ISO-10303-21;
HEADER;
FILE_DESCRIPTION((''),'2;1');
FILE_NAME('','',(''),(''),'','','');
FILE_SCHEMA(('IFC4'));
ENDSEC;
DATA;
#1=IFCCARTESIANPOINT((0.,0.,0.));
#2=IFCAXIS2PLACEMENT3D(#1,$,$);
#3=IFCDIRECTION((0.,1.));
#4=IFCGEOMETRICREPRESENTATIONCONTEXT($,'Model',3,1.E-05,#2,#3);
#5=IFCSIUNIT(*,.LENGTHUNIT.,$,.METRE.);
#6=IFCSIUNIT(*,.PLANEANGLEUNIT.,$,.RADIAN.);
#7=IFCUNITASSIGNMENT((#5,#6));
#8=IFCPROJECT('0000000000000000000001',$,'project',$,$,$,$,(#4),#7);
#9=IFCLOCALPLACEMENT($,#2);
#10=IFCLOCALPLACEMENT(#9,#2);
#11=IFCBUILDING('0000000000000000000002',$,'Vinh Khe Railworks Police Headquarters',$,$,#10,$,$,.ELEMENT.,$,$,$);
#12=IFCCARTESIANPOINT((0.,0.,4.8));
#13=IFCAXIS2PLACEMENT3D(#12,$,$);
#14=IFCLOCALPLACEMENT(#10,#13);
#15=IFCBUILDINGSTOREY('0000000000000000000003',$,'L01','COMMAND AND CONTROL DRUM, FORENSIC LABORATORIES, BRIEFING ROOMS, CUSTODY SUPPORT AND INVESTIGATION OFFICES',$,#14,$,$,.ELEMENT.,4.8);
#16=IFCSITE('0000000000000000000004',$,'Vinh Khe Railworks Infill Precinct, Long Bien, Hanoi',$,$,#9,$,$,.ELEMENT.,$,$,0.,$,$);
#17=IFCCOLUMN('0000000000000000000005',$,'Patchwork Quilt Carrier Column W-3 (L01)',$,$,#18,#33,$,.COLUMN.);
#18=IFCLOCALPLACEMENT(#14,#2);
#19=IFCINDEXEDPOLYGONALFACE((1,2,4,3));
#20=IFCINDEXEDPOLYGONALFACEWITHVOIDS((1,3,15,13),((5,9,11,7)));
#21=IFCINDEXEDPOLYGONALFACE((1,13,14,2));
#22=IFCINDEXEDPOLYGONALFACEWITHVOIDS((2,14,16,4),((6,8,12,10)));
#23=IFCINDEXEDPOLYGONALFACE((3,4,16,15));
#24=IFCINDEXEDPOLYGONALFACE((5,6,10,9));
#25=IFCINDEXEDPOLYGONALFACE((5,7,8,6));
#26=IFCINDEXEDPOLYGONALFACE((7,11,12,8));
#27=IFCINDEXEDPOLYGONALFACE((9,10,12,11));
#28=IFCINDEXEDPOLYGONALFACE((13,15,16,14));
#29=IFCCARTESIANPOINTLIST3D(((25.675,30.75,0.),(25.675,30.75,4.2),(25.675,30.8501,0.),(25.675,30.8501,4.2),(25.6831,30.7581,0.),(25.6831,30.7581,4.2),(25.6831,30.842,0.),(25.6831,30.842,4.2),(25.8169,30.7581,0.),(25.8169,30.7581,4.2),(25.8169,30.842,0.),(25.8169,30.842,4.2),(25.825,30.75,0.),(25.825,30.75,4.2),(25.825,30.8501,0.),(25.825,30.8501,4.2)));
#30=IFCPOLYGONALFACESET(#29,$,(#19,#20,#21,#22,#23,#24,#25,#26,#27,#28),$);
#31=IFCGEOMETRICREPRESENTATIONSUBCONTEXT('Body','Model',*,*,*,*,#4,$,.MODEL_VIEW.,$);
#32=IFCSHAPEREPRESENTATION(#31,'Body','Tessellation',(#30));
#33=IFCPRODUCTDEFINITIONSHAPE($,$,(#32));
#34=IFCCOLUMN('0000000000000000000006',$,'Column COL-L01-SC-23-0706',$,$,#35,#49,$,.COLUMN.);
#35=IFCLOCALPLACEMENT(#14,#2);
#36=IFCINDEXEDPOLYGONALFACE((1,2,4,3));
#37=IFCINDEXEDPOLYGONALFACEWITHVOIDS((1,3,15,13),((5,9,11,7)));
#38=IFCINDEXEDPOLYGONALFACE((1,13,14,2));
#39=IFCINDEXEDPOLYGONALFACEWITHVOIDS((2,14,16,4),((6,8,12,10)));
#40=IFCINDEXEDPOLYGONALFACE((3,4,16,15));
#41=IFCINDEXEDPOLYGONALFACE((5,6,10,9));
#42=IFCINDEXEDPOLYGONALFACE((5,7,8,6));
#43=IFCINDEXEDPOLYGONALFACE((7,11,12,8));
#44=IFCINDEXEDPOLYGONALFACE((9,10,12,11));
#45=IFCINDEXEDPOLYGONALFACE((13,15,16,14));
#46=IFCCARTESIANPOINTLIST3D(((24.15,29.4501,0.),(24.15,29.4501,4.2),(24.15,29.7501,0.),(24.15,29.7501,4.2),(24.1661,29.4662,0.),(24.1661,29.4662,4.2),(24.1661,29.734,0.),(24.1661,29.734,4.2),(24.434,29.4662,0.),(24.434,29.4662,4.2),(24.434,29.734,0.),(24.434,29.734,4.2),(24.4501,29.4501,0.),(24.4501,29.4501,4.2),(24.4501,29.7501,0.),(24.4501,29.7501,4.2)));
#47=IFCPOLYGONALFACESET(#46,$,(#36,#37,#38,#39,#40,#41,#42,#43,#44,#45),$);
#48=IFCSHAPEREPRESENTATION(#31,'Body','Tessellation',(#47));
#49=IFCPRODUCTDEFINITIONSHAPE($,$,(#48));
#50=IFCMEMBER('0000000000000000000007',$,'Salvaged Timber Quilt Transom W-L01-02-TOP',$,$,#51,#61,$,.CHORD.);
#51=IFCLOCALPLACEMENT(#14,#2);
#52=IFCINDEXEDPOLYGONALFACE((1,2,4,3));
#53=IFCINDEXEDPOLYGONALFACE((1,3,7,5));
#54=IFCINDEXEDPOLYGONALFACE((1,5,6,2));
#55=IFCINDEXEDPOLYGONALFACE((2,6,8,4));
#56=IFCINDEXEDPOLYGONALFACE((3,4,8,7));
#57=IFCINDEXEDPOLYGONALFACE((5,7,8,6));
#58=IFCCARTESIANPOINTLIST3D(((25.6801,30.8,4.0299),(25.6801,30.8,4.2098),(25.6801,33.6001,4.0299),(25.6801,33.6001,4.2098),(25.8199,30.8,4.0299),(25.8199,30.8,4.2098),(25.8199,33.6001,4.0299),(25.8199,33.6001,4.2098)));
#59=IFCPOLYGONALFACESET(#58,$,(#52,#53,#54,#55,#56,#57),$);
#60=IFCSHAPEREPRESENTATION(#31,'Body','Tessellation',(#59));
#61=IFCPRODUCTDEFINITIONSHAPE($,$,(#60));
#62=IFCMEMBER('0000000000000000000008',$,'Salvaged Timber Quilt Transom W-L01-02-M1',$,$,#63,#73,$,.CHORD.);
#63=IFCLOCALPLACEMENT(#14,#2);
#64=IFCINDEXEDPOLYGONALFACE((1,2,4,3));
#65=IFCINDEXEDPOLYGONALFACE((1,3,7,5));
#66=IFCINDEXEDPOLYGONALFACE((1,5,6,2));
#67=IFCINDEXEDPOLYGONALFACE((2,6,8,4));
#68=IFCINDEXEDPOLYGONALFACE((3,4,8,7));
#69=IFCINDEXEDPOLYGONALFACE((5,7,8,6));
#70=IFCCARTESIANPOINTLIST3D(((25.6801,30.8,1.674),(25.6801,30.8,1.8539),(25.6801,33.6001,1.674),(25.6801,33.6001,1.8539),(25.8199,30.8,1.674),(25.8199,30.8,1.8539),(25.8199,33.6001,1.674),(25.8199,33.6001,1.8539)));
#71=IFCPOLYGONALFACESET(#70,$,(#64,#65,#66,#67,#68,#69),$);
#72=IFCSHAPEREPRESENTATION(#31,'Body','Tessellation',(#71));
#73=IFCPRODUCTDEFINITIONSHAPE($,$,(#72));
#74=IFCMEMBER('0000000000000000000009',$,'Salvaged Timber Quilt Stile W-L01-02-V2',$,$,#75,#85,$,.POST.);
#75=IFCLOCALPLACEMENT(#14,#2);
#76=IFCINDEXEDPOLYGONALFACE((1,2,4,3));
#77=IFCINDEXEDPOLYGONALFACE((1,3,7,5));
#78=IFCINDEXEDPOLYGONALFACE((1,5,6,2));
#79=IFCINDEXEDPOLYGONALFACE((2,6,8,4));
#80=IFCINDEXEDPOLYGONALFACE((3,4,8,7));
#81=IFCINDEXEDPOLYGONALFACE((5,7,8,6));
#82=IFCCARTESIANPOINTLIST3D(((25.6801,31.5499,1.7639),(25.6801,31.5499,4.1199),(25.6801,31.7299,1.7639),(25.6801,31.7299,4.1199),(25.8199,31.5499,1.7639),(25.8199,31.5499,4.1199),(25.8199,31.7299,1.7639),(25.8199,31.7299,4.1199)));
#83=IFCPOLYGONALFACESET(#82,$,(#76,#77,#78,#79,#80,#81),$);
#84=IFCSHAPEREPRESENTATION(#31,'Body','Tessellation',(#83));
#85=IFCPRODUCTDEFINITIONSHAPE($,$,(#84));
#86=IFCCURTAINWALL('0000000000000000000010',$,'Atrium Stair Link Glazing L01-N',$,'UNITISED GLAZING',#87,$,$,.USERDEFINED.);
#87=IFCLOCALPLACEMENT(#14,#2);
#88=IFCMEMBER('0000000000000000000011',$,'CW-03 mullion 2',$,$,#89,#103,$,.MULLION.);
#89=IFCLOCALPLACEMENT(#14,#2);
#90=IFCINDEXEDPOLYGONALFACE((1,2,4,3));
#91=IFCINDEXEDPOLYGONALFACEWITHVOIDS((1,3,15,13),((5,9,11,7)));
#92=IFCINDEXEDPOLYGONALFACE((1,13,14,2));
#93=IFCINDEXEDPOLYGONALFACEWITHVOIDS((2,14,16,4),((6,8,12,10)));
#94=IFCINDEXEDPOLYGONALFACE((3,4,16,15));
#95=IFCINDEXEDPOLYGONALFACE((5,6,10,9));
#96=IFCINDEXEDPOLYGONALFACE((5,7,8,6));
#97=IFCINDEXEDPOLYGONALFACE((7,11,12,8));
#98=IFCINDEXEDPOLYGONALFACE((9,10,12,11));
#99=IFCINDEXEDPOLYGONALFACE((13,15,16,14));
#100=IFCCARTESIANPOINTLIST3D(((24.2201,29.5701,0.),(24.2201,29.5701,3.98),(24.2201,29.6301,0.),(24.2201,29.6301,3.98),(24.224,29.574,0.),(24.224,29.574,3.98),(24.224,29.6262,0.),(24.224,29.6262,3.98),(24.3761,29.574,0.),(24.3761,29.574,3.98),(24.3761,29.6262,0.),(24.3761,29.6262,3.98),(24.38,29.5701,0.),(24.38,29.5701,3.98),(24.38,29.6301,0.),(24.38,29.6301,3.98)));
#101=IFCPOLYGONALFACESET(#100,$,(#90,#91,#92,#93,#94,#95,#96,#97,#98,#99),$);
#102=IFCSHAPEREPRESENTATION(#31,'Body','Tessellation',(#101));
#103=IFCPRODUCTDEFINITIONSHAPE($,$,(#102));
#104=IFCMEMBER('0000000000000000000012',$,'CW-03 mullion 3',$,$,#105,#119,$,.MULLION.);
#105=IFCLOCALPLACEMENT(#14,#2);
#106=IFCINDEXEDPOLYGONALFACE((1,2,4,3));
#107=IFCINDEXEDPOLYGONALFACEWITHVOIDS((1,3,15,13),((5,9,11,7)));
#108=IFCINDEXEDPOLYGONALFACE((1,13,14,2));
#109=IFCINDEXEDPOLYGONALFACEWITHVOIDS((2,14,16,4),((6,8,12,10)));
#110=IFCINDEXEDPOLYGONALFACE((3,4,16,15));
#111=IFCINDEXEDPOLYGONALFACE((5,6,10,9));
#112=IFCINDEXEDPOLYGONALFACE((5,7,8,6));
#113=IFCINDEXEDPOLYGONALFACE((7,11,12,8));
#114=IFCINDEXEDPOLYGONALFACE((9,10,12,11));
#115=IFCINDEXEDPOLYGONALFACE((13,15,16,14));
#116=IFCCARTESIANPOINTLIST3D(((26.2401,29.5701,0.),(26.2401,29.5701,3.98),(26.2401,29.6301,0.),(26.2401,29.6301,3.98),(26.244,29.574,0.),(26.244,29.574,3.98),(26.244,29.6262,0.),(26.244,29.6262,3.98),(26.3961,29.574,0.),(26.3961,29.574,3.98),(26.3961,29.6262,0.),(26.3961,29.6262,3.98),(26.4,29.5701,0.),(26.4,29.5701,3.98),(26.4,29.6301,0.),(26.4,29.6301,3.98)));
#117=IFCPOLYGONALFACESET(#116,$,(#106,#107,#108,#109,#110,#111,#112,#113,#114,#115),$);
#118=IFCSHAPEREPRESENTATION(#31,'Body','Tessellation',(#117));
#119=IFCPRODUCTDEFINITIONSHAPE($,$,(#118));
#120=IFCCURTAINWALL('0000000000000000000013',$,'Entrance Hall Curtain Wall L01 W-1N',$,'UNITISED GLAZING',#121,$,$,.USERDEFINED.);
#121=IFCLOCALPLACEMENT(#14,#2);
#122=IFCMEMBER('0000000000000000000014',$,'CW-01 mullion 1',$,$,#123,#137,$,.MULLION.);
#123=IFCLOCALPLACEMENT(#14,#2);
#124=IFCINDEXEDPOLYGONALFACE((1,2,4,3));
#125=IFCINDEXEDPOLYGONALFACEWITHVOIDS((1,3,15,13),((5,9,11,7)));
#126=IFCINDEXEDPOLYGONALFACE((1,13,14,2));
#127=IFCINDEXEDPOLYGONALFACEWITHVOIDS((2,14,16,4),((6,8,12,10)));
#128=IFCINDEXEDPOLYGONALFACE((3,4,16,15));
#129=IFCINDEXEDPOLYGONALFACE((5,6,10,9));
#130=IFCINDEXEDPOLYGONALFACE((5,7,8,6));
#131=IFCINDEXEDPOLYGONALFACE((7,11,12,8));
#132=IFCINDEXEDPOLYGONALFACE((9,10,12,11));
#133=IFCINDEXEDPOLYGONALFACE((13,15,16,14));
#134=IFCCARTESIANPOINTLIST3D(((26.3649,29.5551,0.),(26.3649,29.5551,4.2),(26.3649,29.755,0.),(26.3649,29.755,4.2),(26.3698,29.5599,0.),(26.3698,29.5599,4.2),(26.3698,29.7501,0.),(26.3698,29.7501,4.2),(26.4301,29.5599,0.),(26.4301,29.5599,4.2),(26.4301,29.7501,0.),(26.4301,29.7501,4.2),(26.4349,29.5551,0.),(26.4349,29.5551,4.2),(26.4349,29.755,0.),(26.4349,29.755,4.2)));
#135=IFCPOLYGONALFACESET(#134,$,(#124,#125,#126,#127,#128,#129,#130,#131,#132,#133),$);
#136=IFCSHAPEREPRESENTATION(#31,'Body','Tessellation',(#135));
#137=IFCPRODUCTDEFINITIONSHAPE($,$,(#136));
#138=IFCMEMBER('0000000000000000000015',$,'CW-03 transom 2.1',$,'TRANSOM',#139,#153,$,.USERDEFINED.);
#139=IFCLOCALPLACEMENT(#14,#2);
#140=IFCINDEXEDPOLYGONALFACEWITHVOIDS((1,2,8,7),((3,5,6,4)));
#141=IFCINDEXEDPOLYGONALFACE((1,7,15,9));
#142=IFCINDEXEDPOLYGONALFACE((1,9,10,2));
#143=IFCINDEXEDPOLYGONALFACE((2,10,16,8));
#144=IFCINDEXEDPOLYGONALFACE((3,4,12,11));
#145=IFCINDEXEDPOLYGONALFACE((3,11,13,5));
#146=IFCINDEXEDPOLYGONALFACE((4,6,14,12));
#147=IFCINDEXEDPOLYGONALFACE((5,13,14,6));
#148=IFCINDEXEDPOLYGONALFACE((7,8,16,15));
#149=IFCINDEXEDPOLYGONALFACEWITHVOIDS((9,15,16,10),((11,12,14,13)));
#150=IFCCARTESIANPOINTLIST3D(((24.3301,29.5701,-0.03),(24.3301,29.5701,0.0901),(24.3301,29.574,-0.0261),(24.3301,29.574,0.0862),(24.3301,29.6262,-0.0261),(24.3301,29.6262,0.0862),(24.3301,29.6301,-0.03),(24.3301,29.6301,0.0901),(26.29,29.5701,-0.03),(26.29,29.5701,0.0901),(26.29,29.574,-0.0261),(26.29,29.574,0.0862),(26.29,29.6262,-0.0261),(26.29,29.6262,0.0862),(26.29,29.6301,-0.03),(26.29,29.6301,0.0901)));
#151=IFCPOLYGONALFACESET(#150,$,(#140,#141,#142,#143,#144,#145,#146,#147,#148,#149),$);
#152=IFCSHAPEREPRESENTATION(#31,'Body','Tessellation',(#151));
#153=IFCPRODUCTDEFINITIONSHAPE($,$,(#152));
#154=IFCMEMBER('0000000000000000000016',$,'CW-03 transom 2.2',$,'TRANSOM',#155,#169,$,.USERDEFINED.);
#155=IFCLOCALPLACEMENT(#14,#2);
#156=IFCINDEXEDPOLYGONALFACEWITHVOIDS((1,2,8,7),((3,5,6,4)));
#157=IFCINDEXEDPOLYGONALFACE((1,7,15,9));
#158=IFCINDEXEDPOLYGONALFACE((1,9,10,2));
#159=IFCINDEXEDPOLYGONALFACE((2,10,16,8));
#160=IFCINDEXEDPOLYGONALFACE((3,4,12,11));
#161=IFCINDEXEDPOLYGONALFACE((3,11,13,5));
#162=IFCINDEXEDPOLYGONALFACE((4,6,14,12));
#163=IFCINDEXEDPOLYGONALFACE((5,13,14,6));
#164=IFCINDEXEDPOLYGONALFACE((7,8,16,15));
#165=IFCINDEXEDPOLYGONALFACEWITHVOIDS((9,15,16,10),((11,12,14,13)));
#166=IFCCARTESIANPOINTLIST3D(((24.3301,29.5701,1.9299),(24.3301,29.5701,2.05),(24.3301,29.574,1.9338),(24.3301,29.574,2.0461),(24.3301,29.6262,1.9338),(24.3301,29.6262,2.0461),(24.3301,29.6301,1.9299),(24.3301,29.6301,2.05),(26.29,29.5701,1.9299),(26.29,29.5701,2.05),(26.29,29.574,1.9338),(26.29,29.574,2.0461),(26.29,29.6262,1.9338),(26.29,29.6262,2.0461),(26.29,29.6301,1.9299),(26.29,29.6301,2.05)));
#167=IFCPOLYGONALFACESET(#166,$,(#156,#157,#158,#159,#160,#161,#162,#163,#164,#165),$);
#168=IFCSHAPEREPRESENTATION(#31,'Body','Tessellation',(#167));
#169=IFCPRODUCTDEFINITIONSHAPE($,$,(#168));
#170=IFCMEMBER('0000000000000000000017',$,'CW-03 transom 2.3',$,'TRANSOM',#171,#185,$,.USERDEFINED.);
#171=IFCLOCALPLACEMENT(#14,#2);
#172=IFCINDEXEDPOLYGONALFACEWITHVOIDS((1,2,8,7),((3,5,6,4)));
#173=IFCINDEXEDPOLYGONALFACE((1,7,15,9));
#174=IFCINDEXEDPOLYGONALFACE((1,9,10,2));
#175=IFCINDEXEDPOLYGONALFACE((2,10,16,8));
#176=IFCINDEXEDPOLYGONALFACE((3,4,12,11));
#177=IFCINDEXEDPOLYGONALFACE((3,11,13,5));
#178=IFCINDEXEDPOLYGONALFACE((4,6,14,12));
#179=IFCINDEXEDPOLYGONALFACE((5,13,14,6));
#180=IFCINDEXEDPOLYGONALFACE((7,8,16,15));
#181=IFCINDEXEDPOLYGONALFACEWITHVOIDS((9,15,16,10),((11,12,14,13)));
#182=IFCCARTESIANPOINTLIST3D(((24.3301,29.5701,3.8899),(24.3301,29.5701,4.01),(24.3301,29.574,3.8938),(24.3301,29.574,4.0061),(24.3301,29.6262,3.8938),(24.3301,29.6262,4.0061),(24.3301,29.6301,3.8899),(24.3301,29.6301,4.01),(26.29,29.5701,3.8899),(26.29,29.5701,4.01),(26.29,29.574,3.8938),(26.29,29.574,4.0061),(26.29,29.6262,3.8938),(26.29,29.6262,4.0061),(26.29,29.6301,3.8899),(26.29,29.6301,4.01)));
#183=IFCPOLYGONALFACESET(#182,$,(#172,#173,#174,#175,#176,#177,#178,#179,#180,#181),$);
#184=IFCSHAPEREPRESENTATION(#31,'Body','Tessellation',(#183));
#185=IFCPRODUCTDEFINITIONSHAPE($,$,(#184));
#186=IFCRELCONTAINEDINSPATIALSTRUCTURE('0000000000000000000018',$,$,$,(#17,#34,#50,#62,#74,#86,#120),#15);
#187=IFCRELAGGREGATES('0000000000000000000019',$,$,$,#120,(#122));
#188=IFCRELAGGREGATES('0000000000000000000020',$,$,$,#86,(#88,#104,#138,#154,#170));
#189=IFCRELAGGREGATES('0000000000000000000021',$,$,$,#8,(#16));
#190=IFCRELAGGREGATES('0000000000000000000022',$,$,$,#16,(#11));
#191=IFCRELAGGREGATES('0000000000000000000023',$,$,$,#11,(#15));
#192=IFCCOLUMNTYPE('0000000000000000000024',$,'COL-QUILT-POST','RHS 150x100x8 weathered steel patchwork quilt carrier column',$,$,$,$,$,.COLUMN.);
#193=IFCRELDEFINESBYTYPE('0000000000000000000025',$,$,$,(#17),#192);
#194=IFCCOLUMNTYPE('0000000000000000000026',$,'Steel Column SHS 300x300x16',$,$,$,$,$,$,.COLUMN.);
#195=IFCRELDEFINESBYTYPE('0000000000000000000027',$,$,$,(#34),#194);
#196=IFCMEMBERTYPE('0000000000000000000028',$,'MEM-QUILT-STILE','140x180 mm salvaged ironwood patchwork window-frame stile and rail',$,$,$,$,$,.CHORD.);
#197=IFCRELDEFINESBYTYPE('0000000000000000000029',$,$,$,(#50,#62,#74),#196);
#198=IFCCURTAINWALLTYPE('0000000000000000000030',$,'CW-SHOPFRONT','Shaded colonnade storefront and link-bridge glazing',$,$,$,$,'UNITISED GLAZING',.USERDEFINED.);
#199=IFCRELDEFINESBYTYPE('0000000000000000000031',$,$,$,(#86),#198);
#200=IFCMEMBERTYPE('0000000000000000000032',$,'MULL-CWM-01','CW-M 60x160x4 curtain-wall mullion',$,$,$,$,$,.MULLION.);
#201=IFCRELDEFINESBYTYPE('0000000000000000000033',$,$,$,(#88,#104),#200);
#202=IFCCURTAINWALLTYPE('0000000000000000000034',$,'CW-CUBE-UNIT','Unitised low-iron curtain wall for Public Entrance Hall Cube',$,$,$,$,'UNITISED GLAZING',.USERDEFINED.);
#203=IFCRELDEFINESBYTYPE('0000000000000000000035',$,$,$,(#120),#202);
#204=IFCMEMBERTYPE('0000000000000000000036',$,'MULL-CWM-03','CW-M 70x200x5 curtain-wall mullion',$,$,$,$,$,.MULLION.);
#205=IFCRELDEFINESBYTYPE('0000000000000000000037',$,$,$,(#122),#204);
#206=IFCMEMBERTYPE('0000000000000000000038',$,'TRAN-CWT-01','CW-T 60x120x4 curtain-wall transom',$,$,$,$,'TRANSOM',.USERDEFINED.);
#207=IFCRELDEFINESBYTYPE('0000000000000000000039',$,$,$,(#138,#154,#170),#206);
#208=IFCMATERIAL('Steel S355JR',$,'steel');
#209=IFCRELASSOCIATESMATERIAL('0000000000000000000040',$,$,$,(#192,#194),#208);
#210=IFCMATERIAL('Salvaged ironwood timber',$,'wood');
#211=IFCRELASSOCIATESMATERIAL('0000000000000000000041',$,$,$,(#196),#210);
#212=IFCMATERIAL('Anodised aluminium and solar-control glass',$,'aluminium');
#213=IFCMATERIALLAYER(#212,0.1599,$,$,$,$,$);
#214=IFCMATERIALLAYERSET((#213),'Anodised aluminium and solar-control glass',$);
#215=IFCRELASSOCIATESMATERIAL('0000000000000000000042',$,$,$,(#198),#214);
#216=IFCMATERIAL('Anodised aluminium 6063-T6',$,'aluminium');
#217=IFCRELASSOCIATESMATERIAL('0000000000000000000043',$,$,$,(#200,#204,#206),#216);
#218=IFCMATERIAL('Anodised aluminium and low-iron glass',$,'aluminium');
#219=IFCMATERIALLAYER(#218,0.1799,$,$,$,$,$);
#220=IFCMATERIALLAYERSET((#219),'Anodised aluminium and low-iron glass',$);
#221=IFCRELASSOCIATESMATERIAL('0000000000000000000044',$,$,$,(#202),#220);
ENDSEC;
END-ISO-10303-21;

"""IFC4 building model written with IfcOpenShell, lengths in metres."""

from ifc_helpers import new_model, si_unit, direction, frame, origin, origin_2d, place, context, subcontext, project, spatial, rectangle, hollow_rectangle, extrude, material, layer, layer_set, material_profile, profile_set, type_object, element, aggregate, save


model = new_model("IFC4")

# Units and contexts
model_context = context("Model", 3, precision=1e-05, world=origin(), true_north=direction((0.0, 1.0)))
body_context = subcontext(model_context, "Body", "Model", "MODEL_VIEW")
ifc_project = project(units=[si_unit("LENGTHUNIT", "METRE"), si_unit("PLANEANGLEUNIT", "RADIAN")], contexts=[model_context])

# Site, building, storey
site_placement = place(None, origin())
site = spatial("IfcSite", under=ifc_project, at=site_placement, Name="Vinh Khe Railworks Infill Precinct, Long Bien, Hanoi", CompositionType="ELEMENT", RefElevation=0.0)
building_placement = place(site_placement, origin())
building = spatial("IfcBuilding", under=site, at=building_placement, Name="Vinh Khe Railworks Police Headquarters", CompositionType="ELEMENT")
storey_placement = place(building_placement, frame((0.0, 0.0, 4.8)))
storey = spatial("IfcBuildingStorey", under=building, at=storey_placement, Name="L01", Description="COMMAND AND CONTROL DRUM, FORENSIC LABORATORIES, BRIEFING ROOMS, CUSTODY SUPPORT AND INVESTIGATION OFFICES", CompositionType="ELEMENT", Elevation=4.8)

# Columns
ifc_material_1 = material(Name="Steel S355JR", Category="steel")
ifc_material_profile_1 = material_profile(ifc_material_1, hollow_rectangle(XDim=0.1499, YDim=0.1001, WallThickness=0.0081, at=origin_2d()), Name="RHS 150x100x8")
ifc_profile_set_1 = profile_set([ifc_material_profile_1], Name="Steel S355JR")
column_type_1 = type_object("IfcColumnType", Name="COL-QUILT-POST", Description="RHS 150x100x8 weathered steel patchwork quilt carrier column", PredefinedType="COLUMN", material=ifc_profile_set_1)
column_1_placement = place(storey_placement, frame((25.75, 30.8, 0.0), z_axis=(0.0, 0.0, 1.0), x_axis=(1.0, 0.0, 0.0)))
element("IfcColumn", 1, at=column_1_placement, inside=storey, type_object=column_type_1, Name="Patchwork Quilt Carrier Column W-3 (L01)", PredefinedType="COLUMN", context=body_context, shape_type="SweptSolid", body=[
    extrude(hollow_rectangle(XDim=0.1499, YDim=0.1001, WallThickness=0.0081, at=origin_2d()), origin(), (0.0, 0.0, 1.0), 4.2),
])
ifc_material_profile_2 = material_profile(ifc_material_1, hollow_rectangle(XDim=0.3, YDim=0.3, WallThickness=0.0161, at=origin_2d()), Name="SHS 300x300x16")
ifc_profile_set_2 = profile_set([ifc_material_profile_2], Name="Steel S355JR")
column_type_2 = type_object("IfcColumnType", Name="Steel Column SHS 300x300x16", PredefinedType="COLUMN", material=ifc_profile_set_2)
column_2_placement = place(storey_placement, frame((24.3, 29.6001, 0.0), z_axis=(0.0, 0.0, 1.0), x_axis=(1.0, 0.0, 0.0)))
element("IfcColumn", 2, at=column_2_placement, inside=storey, type_object=column_type_2, Name="Column COL-L01-SC-23-0706", PredefinedType="COLUMN", context=body_context, shape_type="SweptSolid", body=[
    extrude(hollow_rectangle(XDim=0.3, YDim=0.3, WallThickness=0.0161, at=origin_2d()), origin(), (0.0, 0.0, 1.0), 4.2),
])

# Members
ifc_material_2 = material(Name="Salvaged ironwood timber", Category="wood")
ifc_material_profile_3 = material_profile(ifc_material_2, rectangle(XDim=0.1399, YDim=0.1799, at=origin_2d()), Name="TIMBER 140x180")
ifc_profile_set_3 = profile_set([ifc_material_profile_3], Name="Salvaged ironwood timber")
member_type_1 = type_object("IfcMemberType", Name="MEM-QUILT-STILE", Description="140x180 mm salvaged ironwood patchwork window-frame stile and rail", PredefinedType="CHORD", material=ifc_profile_set_3)
for number, where, z_axis, x_axis, name in (
    (3, (25.75, 30.8, 4.1199), (0.0, 1.0, 0.0), (-1.0, 0.0, 0.0), "Salvaged Timber Quilt Transom W-L01-02-TOP"),
    (4, (25.75, 30.8, 1.7639), (0.0, 1.0, 0.0), (-1.0, 0.0, 0.0), "Salvaged Timber Quilt Transom W-L01-02-M1"),
):
    element("IfcMember", number, at=place(storey_placement, frame(where, z_axis=z_axis, x_axis=x_axis)), inside=storey, type_object=member_type_1, Name=name, PredefinedType="CHORD", context=body_context, shape_type="SweptSolid", body=[
        extrude(rectangle(XDim=0.1399, YDim=0.1799, at=origin_2d()), origin(), (0.0, 0.0, 1.0), 2.8),
    ])
member_1_placement = place(storey_placement, frame((25.75, 31.6399, 1.7639), z_axis=(0.0, 0.0, 1.0), x_axis=(1.0, 0.0, 0.0)))
element("IfcMember", 5, at=member_1_placement, inside=storey, type_object=member_type_1, Name="Salvaged Timber Quilt Stile W-L01-02-V2", PredefinedType="POST", context=body_context, shape_type="SweptSolid", body=[
    extrude(rectangle(XDim=0.1399, YDim=0.1799, at=origin_2d()), origin(), (0.0, 0.0, 1.0), 2.356),
])

# Curtain wall, members
ifc_material_3 = material(Name="Anodised aluminium and solar-control glass", Category="aluminium")
ifc_layer_1 = layer(ifc_material_3, 0.1599)
ifc_layer_set_1 = layer_set([ifc_layer_1], Name="Anodised aluminium and solar-control glass")
curtain_wall_type_1 = type_object("IfcCurtainWallType", Name="CW-SHOPFRONT", Description="Shaded colonnade storefront and link-bridge glazing", ElementType="UNITISED GLAZING", PredefinedType="USERDEFINED", material=ifc_layer_set_1)
curtain_wall_1_placement = place(storey_placement, origin())
curtain_wall_1 = element("IfcCurtainWall", 6, at=curtain_wall_1_placement, inside=storey, type_object=curtain_wall_type_1, Name="Atrium Stair Link Glazing L01-N", ObjectType="UNITISED GLAZING", PredefinedType="USERDEFINED")
ifc_material_4 = material(Name="Anodised aluminium 6063-T6", Category="aluminium")
ifc_material_profile_4 = material_profile(ifc_material_4, hollow_rectangle(XDim=0.0601, YDim=0.1599, WallThickness=0.0039, at=origin_2d()), Name="CW-M 60x160x4")
ifc_profile_set_4 = profile_set([ifc_material_profile_4], Name="Anodised aluminium 6063-T6")
member_type_2 = type_object("IfcMemberType", Name="MULL-CWM-01", Description="CW-M 60x160x4 curtain-wall mullion", PredefinedType="MULLION", material=ifc_profile_set_4)
member_2_placement = place(storey_placement, frame((24.3, 29.6001, 0.0), z_axis=(0.0, 0.0, 1.0), x_axis=(0.0, 1.0, 0.0)))
member_2 = element("IfcMember", 7, at=member_2_placement, type_object=member_type_2, Name="CW-03 mullion 2", PredefinedType="MULLION", context=body_context, shape_type="SweptSolid", body=[
    extrude(hollow_rectangle(XDim=0.0601, YDim=0.1599, WallThickness=0.0039, at=origin_2d()), origin(), (0.0, 0.0, 1.0), 3.98),
])
member_3_placement = place(storey_placement, frame((26.3201, 29.6001, 0.0), z_axis=(0.0, 0.0, 1.0), x_axis=(0.0, 1.0, 0.0)))
member_3 = element("IfcMember", 8, at=member_3_placement, type_object=member_type_2, Name="CW-03 mullion 3", PredefinedType="MULLION", context=body_context, shape_type="SweptSolid", body=[
    extrude(hollow_rectangle(XDim=0.0601, YDim=0.1599, WallThickness=0.0039, at=origin_2d()), origin(), (0.0, 0.0, 1.0), 3.98),
])

# Curtain wall, member
ifc_material_5 = material(Name="Anodised aluminium and low-iron glass", Category="aluminium")
ifc_layer_2 = layer(ifc_material_5, 0.1799)
ifc_layer_set_2 = layer_set([ifc_layer_2], Name="Anodised aluminium and low-iron glass")
curtain_wall_type_2 = type_object("IfcCurtainWallType", Name="CW-CUBE-UNIT", Description="Unitised low-iron curtain wall for Public Entrance Hall Cube", ElementType="UNITISED GLAZING", PredefinedType="USERDEFINED", material=ifc_layer_set_2)
curtain_wall_2_placement = place(storey_placement, origin())
curtain_wall_2 = element("IfcCurtainWall", 9, at=curtain_wall_2_placement, inside=storey, type_object=curtain_wall_type_2, Name="Entrance Hall Curtain Wall L01 W-1N", ObjectType="UNITISED GLAZING", PredefinedType="USERDEFINED")
ifc_material_profile_5 = material_profile(ifc_material_4, hollow_rectangle(XDim=0.0701, YDim=0.2, WallThickness=0.0049, at=origin_2d()), Name="CW-M 70x200x5")
ifc_profile_set_5 = profile_set([ifc_material_profile_5], Name="Anodised aluminium 6063-T6")
member_type_3 = type_object("IfcMemberType", Name="MULL-CWM-03", Description="CW-M 70x200x5 curtain-wall mullion", PredefinedType="MULLION", material=ifc_profile_set_5)
member_4_placement = place(storey_placement, frame((26.3999, 29.655, 0.0), z_axis=(0.0, 0.0, 1.0), x_axis=(-1.0, 0.0, 0.0)))
member_4 = element("IfcMember", 10, at=member_4_placement, type_object=member_type_3, Name="CW-01 mullion 1", PredefinedType="MULLION", context=body_context, shape_type="SweptSolid", body=[
    extrude(hollow_rectangle(XDim=0.0701, YDim=0.2, WallThickness=0.0049, at=origin_2d()), origin(), (0.0, 0.0, 1.0), 4.2),
])

# Members
ifc_material_profile_6 = material_profile(ifc_material_4, hollow_rectangle(XDim=0.0601, YDim=0.1201, WallThickness=0.0039, at=origin_2d()), Name="CW-T 60x120x4")
ifc_profile_set_6 = profile_set([ifc_material_profile_6], Name="Anodised aluminium 6063-T6")
member_type_4 = type_object("IfcMemberType", Name="TRAN-CWT-01", Description="CW-T 60x120x4 curtain-wall transom", ElementType="TRANSOM", PredefinedType="USERDEFINED", material=ifc_profile_set_6)
member_5_placement = place(storey_placement, frame((24.3301, 29.6001, 0.03), z_axis=(1.0, 0.0, 0.0), x_axis=(0.0, 1.0, 0.0)))
member_5 = element("IfcMember", 11, at=member_5_placement, type_object=member_type_4, Name="CW-03 transom 2.1", ObjectType="TRANSOM", PredefinedType="USERDEFINED", context=body_context, shape_type="SweptSolid", body=[
    extrude(hollow_rectangle(XDim=0.0601, YDim=0.1201, WallThickness=0.0039, at=origin_2d()), origin(), (0.0, 0.0, 1.0), 1.96),
])
member_6_placement = place(storey_placement, frame((24.3301, 29.6001, 1.99), z_axis=(1.0, 0.0, 0.0), x_axis=(0.0, 1.0, 0.0)))
member_6 = element("IfcMember", 12, at=member_6_placement, type_object=member_type_4, Name="CW-03 transom 2.2", ObjectType="TRANSOM", PredefinedType="USERDEFINED", context=body_context, shape_type="SweptSolid", body=[
    extrude(hollow_rectangle(XDim=0.0601, YDim=0.1201, WallThickness=0.0039, at=origin_2d()), origin(), (0.0, 0.0, 1.0), 1.96),
])
member_7_placement = place(storey_placement, frame((24.3301, 29.6001, 3.95), z_axis=(1.0, 0.0, 0.0), x_axis=(0.0, 1.0, 0.0)))
member_7 = element("IfcMember", 13, at=member_7_placement, type_object=member_type_4, Name="CW-03 transom 2.3", ObjectType="TRANSOM", PredefinedType="USERDEFINED", context=body_context, shape_type="SweptSolid", body=[
    extrude(hollow_rectangle(XDim=0.0601, YDim=0.1201, WallThickness=0.0039, at=origin_2d()), origin(), (0.0, 0.0, 1.0), 1.96),
])
aggregate(curtain_wall_2, [member_4])

aggregate(curtain_wall_1, [member_2, member_3, member_5, member_6, member_7])

save(model, "model.ifc")
